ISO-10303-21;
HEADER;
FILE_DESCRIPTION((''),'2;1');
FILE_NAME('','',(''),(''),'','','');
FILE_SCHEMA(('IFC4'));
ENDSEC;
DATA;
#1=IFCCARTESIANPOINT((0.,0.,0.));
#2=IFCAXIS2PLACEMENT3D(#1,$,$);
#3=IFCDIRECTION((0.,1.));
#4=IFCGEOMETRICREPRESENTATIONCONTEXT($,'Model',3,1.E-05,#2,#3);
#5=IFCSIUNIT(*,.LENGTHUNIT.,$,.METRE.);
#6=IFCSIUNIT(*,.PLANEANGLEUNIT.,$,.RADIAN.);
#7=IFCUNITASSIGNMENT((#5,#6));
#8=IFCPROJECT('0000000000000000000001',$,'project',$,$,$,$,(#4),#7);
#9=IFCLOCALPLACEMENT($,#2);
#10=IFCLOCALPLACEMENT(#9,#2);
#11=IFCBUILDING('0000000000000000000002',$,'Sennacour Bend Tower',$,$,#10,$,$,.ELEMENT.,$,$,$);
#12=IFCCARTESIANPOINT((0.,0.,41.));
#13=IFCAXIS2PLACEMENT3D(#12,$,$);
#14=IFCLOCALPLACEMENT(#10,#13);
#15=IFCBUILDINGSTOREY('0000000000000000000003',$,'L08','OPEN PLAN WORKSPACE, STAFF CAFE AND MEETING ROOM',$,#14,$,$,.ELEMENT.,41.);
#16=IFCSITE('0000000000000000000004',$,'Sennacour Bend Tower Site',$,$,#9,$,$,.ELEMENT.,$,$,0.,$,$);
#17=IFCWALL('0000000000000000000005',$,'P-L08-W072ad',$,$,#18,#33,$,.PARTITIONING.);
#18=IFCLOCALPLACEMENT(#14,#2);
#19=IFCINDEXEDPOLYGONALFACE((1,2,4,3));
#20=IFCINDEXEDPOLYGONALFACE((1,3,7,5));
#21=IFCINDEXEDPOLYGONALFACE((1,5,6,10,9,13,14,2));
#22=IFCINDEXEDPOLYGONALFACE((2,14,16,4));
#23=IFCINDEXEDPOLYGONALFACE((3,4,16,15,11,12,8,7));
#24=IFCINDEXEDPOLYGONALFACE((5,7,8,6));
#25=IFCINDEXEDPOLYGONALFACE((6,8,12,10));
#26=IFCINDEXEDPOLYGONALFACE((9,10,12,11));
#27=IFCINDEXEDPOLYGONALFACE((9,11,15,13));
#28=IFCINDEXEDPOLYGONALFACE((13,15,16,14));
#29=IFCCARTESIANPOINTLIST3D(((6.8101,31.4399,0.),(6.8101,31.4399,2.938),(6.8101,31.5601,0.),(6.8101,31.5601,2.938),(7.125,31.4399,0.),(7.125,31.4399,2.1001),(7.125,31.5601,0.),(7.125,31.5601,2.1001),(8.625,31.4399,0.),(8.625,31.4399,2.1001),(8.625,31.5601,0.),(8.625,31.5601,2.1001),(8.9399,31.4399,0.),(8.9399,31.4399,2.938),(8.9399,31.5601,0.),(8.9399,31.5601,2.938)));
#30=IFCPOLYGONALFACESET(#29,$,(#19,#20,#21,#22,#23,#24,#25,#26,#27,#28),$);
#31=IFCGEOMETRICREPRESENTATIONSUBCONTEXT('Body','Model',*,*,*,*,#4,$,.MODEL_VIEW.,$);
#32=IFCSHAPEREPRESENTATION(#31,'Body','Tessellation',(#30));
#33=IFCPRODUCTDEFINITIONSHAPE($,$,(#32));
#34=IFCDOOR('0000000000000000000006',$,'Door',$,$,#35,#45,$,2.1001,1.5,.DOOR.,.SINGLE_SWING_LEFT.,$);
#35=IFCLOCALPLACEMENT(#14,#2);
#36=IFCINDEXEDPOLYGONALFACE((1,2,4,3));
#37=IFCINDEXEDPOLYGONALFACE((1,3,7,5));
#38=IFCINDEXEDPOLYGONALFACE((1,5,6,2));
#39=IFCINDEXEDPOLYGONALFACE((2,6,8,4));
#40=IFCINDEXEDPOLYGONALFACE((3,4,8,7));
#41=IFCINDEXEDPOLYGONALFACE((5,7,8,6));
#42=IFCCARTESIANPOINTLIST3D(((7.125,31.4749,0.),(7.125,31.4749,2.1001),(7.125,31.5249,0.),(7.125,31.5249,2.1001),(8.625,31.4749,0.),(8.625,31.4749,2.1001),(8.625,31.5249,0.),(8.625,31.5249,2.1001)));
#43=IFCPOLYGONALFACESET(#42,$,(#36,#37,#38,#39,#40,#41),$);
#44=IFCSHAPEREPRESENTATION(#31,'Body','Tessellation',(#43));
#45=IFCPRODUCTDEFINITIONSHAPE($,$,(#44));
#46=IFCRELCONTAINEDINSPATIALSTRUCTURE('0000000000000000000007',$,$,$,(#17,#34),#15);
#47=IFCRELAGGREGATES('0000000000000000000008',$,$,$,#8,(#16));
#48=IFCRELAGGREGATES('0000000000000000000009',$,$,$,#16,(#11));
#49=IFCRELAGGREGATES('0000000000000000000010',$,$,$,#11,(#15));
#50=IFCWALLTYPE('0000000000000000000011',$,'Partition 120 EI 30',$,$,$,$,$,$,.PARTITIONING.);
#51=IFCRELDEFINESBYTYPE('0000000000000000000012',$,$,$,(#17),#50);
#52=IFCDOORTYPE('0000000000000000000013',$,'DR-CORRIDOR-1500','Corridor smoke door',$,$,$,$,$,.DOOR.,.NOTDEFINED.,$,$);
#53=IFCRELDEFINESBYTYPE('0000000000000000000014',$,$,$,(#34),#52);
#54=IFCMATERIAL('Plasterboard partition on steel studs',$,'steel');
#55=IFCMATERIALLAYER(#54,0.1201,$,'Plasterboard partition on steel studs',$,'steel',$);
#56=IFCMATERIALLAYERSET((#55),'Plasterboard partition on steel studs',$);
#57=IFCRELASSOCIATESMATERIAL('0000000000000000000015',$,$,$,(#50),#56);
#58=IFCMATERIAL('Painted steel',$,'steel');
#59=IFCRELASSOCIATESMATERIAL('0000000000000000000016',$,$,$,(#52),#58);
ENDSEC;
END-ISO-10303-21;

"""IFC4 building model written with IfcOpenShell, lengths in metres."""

from ifc_helpers import new_model, si_unit, direction, frame, frame_2d, origin, place, context, subcontext, project, spatial, rectangle, extrude, material, layer, layer_set, type_object, element, fill, save


model = new_model("IFC4")

# Units and contexts
model_context = context("Model", 3, precision=1e-05, world=origin(), true_north=direction((0.0, 1.0)))
body_context = subcontext(model_context, "Body", "Model", "MODEL_VIEW")
ifc_project = project(units=[si_unit("LENGTHUNIT", "METRE"), si_unit("PLANEANGLEUNIT", "RADIAN")], contexts=[model_context])

# Site, building, storey
site_placement = place(None, origin())
site = spatial("IfcSite", under=ifc_project, at=site_placement, Name="Sennacour Bend Tower Site", CompositionType="ELEMENT", RefElevation=0.0)
building_placement = place(site_placement, origin())
building = spatial("IfcBuilding", under=site, at=building_placement, Name="Sennacour Bend Tower", CompositionType="ELEMENT")
storey_placement = place(building_placement, frame((0.0, 0.0, 41.0)))
storey = spatial("IfcBuildingStorey", under=building, at=storey_placement, Name="L08", Description="OPEN PLAN WORKSPACE, STAFF CAFE AND MEETING ROOM", CompositionType="ELEMENT", Elevation=41.0)

# Shared definitions
ifc_material_1 = material(Name="Plasterboard partition on steel studs", Category="steel")

# Wall, opening, door
ifc_layer_1 = layer(ifc_material_1, 0.1201, Name="Plasterboard partition on steel studs", Category="steel")
ifc_layer_set_1 = layer_set([ifc_layer_1], Name="Plasterboard partition on steel studs")
wall_type_1 = type_object("IfcWallType", Name="Partition 120 EI 30", PredefinedType="PARTITIONING", material=ifc_layer_set_1)
wall_1_placement = place(storey_placement, frame((6.8101, 31.5, 0.0), z_axis=(0.0, 0.0, 1.0), x_axis=(1.0, 0.0, 0.0)))
wall_1 = element("IfcWall", 1, at=wall_1_placement, inside=storey, type_object=wall_type_1, Name="P-L08-W072ad", PredefinedType="PARTITIONING", context=body_context, shape_type="SweptSolid", body=[
    extrude(rectangle(XDim=2.1299, YDim=0.1201, at=frame_2d((1.0649, 0.0))), origin(), (0.0, 0.0, 1.0), 2.938),
])
opening_1_placement = place(wall_1_placement, frame((0.3149, 0.0, 0.0)))
opening_1 = element("IfcOpeningElement", 2, at=opening_1_placement, cuts=wall_1, PredefinedType="OPENING", context=body_context, shape_type="SweptSolid", body=[
    extrude(rectangle(XDim=1.5, YDim=2.1001, at=frame_2d((0.75, 1.05))), frame((0.0, 0.0701, 0.0), z_axis=(0.0, -1.0, 0.0), x_axis=(1.0, 0.0, 0.0)), (0.0, 0.0, 1.0), 0.1401),
])
ifc_material_2 = material(Name="Painted steel", Category="steel")
door_type_1 = type_object("IfcDoorType", Name="DR-CORRIDOR-1500", Description="Corridor smoke door", OperationType="NOTDEFINED", PredefinedType="DOOR", material=ifc_material_2)
door_1_placement = place(opening_1_placement, origin())
door_1 = element("IfcDoor", 3, at=door_1_placement, inside=storey, type_object=door_type_1, Name="Door", OperationType="SINGLE_SWING_LEFT", OverallHeight=2.1001, OverallWidth=1.5, PredefinedType="DOOR", context=body_context, shape_type="SweptSolid", body=[
    extrude(rectangle(XDim=1.5, YDim=2.1001, at=frame_2d((0.75, 1.05))), frame((0.0, 0.0249, 0.0), z_axis=(0.0, -1.0, 0.0), x_axis=(1.0, 0.0, 0.0)), (0.0, 0.0, 1.0), 0.05),
])
fill(opening_1, door_1)

save(model, "model.ifc")
